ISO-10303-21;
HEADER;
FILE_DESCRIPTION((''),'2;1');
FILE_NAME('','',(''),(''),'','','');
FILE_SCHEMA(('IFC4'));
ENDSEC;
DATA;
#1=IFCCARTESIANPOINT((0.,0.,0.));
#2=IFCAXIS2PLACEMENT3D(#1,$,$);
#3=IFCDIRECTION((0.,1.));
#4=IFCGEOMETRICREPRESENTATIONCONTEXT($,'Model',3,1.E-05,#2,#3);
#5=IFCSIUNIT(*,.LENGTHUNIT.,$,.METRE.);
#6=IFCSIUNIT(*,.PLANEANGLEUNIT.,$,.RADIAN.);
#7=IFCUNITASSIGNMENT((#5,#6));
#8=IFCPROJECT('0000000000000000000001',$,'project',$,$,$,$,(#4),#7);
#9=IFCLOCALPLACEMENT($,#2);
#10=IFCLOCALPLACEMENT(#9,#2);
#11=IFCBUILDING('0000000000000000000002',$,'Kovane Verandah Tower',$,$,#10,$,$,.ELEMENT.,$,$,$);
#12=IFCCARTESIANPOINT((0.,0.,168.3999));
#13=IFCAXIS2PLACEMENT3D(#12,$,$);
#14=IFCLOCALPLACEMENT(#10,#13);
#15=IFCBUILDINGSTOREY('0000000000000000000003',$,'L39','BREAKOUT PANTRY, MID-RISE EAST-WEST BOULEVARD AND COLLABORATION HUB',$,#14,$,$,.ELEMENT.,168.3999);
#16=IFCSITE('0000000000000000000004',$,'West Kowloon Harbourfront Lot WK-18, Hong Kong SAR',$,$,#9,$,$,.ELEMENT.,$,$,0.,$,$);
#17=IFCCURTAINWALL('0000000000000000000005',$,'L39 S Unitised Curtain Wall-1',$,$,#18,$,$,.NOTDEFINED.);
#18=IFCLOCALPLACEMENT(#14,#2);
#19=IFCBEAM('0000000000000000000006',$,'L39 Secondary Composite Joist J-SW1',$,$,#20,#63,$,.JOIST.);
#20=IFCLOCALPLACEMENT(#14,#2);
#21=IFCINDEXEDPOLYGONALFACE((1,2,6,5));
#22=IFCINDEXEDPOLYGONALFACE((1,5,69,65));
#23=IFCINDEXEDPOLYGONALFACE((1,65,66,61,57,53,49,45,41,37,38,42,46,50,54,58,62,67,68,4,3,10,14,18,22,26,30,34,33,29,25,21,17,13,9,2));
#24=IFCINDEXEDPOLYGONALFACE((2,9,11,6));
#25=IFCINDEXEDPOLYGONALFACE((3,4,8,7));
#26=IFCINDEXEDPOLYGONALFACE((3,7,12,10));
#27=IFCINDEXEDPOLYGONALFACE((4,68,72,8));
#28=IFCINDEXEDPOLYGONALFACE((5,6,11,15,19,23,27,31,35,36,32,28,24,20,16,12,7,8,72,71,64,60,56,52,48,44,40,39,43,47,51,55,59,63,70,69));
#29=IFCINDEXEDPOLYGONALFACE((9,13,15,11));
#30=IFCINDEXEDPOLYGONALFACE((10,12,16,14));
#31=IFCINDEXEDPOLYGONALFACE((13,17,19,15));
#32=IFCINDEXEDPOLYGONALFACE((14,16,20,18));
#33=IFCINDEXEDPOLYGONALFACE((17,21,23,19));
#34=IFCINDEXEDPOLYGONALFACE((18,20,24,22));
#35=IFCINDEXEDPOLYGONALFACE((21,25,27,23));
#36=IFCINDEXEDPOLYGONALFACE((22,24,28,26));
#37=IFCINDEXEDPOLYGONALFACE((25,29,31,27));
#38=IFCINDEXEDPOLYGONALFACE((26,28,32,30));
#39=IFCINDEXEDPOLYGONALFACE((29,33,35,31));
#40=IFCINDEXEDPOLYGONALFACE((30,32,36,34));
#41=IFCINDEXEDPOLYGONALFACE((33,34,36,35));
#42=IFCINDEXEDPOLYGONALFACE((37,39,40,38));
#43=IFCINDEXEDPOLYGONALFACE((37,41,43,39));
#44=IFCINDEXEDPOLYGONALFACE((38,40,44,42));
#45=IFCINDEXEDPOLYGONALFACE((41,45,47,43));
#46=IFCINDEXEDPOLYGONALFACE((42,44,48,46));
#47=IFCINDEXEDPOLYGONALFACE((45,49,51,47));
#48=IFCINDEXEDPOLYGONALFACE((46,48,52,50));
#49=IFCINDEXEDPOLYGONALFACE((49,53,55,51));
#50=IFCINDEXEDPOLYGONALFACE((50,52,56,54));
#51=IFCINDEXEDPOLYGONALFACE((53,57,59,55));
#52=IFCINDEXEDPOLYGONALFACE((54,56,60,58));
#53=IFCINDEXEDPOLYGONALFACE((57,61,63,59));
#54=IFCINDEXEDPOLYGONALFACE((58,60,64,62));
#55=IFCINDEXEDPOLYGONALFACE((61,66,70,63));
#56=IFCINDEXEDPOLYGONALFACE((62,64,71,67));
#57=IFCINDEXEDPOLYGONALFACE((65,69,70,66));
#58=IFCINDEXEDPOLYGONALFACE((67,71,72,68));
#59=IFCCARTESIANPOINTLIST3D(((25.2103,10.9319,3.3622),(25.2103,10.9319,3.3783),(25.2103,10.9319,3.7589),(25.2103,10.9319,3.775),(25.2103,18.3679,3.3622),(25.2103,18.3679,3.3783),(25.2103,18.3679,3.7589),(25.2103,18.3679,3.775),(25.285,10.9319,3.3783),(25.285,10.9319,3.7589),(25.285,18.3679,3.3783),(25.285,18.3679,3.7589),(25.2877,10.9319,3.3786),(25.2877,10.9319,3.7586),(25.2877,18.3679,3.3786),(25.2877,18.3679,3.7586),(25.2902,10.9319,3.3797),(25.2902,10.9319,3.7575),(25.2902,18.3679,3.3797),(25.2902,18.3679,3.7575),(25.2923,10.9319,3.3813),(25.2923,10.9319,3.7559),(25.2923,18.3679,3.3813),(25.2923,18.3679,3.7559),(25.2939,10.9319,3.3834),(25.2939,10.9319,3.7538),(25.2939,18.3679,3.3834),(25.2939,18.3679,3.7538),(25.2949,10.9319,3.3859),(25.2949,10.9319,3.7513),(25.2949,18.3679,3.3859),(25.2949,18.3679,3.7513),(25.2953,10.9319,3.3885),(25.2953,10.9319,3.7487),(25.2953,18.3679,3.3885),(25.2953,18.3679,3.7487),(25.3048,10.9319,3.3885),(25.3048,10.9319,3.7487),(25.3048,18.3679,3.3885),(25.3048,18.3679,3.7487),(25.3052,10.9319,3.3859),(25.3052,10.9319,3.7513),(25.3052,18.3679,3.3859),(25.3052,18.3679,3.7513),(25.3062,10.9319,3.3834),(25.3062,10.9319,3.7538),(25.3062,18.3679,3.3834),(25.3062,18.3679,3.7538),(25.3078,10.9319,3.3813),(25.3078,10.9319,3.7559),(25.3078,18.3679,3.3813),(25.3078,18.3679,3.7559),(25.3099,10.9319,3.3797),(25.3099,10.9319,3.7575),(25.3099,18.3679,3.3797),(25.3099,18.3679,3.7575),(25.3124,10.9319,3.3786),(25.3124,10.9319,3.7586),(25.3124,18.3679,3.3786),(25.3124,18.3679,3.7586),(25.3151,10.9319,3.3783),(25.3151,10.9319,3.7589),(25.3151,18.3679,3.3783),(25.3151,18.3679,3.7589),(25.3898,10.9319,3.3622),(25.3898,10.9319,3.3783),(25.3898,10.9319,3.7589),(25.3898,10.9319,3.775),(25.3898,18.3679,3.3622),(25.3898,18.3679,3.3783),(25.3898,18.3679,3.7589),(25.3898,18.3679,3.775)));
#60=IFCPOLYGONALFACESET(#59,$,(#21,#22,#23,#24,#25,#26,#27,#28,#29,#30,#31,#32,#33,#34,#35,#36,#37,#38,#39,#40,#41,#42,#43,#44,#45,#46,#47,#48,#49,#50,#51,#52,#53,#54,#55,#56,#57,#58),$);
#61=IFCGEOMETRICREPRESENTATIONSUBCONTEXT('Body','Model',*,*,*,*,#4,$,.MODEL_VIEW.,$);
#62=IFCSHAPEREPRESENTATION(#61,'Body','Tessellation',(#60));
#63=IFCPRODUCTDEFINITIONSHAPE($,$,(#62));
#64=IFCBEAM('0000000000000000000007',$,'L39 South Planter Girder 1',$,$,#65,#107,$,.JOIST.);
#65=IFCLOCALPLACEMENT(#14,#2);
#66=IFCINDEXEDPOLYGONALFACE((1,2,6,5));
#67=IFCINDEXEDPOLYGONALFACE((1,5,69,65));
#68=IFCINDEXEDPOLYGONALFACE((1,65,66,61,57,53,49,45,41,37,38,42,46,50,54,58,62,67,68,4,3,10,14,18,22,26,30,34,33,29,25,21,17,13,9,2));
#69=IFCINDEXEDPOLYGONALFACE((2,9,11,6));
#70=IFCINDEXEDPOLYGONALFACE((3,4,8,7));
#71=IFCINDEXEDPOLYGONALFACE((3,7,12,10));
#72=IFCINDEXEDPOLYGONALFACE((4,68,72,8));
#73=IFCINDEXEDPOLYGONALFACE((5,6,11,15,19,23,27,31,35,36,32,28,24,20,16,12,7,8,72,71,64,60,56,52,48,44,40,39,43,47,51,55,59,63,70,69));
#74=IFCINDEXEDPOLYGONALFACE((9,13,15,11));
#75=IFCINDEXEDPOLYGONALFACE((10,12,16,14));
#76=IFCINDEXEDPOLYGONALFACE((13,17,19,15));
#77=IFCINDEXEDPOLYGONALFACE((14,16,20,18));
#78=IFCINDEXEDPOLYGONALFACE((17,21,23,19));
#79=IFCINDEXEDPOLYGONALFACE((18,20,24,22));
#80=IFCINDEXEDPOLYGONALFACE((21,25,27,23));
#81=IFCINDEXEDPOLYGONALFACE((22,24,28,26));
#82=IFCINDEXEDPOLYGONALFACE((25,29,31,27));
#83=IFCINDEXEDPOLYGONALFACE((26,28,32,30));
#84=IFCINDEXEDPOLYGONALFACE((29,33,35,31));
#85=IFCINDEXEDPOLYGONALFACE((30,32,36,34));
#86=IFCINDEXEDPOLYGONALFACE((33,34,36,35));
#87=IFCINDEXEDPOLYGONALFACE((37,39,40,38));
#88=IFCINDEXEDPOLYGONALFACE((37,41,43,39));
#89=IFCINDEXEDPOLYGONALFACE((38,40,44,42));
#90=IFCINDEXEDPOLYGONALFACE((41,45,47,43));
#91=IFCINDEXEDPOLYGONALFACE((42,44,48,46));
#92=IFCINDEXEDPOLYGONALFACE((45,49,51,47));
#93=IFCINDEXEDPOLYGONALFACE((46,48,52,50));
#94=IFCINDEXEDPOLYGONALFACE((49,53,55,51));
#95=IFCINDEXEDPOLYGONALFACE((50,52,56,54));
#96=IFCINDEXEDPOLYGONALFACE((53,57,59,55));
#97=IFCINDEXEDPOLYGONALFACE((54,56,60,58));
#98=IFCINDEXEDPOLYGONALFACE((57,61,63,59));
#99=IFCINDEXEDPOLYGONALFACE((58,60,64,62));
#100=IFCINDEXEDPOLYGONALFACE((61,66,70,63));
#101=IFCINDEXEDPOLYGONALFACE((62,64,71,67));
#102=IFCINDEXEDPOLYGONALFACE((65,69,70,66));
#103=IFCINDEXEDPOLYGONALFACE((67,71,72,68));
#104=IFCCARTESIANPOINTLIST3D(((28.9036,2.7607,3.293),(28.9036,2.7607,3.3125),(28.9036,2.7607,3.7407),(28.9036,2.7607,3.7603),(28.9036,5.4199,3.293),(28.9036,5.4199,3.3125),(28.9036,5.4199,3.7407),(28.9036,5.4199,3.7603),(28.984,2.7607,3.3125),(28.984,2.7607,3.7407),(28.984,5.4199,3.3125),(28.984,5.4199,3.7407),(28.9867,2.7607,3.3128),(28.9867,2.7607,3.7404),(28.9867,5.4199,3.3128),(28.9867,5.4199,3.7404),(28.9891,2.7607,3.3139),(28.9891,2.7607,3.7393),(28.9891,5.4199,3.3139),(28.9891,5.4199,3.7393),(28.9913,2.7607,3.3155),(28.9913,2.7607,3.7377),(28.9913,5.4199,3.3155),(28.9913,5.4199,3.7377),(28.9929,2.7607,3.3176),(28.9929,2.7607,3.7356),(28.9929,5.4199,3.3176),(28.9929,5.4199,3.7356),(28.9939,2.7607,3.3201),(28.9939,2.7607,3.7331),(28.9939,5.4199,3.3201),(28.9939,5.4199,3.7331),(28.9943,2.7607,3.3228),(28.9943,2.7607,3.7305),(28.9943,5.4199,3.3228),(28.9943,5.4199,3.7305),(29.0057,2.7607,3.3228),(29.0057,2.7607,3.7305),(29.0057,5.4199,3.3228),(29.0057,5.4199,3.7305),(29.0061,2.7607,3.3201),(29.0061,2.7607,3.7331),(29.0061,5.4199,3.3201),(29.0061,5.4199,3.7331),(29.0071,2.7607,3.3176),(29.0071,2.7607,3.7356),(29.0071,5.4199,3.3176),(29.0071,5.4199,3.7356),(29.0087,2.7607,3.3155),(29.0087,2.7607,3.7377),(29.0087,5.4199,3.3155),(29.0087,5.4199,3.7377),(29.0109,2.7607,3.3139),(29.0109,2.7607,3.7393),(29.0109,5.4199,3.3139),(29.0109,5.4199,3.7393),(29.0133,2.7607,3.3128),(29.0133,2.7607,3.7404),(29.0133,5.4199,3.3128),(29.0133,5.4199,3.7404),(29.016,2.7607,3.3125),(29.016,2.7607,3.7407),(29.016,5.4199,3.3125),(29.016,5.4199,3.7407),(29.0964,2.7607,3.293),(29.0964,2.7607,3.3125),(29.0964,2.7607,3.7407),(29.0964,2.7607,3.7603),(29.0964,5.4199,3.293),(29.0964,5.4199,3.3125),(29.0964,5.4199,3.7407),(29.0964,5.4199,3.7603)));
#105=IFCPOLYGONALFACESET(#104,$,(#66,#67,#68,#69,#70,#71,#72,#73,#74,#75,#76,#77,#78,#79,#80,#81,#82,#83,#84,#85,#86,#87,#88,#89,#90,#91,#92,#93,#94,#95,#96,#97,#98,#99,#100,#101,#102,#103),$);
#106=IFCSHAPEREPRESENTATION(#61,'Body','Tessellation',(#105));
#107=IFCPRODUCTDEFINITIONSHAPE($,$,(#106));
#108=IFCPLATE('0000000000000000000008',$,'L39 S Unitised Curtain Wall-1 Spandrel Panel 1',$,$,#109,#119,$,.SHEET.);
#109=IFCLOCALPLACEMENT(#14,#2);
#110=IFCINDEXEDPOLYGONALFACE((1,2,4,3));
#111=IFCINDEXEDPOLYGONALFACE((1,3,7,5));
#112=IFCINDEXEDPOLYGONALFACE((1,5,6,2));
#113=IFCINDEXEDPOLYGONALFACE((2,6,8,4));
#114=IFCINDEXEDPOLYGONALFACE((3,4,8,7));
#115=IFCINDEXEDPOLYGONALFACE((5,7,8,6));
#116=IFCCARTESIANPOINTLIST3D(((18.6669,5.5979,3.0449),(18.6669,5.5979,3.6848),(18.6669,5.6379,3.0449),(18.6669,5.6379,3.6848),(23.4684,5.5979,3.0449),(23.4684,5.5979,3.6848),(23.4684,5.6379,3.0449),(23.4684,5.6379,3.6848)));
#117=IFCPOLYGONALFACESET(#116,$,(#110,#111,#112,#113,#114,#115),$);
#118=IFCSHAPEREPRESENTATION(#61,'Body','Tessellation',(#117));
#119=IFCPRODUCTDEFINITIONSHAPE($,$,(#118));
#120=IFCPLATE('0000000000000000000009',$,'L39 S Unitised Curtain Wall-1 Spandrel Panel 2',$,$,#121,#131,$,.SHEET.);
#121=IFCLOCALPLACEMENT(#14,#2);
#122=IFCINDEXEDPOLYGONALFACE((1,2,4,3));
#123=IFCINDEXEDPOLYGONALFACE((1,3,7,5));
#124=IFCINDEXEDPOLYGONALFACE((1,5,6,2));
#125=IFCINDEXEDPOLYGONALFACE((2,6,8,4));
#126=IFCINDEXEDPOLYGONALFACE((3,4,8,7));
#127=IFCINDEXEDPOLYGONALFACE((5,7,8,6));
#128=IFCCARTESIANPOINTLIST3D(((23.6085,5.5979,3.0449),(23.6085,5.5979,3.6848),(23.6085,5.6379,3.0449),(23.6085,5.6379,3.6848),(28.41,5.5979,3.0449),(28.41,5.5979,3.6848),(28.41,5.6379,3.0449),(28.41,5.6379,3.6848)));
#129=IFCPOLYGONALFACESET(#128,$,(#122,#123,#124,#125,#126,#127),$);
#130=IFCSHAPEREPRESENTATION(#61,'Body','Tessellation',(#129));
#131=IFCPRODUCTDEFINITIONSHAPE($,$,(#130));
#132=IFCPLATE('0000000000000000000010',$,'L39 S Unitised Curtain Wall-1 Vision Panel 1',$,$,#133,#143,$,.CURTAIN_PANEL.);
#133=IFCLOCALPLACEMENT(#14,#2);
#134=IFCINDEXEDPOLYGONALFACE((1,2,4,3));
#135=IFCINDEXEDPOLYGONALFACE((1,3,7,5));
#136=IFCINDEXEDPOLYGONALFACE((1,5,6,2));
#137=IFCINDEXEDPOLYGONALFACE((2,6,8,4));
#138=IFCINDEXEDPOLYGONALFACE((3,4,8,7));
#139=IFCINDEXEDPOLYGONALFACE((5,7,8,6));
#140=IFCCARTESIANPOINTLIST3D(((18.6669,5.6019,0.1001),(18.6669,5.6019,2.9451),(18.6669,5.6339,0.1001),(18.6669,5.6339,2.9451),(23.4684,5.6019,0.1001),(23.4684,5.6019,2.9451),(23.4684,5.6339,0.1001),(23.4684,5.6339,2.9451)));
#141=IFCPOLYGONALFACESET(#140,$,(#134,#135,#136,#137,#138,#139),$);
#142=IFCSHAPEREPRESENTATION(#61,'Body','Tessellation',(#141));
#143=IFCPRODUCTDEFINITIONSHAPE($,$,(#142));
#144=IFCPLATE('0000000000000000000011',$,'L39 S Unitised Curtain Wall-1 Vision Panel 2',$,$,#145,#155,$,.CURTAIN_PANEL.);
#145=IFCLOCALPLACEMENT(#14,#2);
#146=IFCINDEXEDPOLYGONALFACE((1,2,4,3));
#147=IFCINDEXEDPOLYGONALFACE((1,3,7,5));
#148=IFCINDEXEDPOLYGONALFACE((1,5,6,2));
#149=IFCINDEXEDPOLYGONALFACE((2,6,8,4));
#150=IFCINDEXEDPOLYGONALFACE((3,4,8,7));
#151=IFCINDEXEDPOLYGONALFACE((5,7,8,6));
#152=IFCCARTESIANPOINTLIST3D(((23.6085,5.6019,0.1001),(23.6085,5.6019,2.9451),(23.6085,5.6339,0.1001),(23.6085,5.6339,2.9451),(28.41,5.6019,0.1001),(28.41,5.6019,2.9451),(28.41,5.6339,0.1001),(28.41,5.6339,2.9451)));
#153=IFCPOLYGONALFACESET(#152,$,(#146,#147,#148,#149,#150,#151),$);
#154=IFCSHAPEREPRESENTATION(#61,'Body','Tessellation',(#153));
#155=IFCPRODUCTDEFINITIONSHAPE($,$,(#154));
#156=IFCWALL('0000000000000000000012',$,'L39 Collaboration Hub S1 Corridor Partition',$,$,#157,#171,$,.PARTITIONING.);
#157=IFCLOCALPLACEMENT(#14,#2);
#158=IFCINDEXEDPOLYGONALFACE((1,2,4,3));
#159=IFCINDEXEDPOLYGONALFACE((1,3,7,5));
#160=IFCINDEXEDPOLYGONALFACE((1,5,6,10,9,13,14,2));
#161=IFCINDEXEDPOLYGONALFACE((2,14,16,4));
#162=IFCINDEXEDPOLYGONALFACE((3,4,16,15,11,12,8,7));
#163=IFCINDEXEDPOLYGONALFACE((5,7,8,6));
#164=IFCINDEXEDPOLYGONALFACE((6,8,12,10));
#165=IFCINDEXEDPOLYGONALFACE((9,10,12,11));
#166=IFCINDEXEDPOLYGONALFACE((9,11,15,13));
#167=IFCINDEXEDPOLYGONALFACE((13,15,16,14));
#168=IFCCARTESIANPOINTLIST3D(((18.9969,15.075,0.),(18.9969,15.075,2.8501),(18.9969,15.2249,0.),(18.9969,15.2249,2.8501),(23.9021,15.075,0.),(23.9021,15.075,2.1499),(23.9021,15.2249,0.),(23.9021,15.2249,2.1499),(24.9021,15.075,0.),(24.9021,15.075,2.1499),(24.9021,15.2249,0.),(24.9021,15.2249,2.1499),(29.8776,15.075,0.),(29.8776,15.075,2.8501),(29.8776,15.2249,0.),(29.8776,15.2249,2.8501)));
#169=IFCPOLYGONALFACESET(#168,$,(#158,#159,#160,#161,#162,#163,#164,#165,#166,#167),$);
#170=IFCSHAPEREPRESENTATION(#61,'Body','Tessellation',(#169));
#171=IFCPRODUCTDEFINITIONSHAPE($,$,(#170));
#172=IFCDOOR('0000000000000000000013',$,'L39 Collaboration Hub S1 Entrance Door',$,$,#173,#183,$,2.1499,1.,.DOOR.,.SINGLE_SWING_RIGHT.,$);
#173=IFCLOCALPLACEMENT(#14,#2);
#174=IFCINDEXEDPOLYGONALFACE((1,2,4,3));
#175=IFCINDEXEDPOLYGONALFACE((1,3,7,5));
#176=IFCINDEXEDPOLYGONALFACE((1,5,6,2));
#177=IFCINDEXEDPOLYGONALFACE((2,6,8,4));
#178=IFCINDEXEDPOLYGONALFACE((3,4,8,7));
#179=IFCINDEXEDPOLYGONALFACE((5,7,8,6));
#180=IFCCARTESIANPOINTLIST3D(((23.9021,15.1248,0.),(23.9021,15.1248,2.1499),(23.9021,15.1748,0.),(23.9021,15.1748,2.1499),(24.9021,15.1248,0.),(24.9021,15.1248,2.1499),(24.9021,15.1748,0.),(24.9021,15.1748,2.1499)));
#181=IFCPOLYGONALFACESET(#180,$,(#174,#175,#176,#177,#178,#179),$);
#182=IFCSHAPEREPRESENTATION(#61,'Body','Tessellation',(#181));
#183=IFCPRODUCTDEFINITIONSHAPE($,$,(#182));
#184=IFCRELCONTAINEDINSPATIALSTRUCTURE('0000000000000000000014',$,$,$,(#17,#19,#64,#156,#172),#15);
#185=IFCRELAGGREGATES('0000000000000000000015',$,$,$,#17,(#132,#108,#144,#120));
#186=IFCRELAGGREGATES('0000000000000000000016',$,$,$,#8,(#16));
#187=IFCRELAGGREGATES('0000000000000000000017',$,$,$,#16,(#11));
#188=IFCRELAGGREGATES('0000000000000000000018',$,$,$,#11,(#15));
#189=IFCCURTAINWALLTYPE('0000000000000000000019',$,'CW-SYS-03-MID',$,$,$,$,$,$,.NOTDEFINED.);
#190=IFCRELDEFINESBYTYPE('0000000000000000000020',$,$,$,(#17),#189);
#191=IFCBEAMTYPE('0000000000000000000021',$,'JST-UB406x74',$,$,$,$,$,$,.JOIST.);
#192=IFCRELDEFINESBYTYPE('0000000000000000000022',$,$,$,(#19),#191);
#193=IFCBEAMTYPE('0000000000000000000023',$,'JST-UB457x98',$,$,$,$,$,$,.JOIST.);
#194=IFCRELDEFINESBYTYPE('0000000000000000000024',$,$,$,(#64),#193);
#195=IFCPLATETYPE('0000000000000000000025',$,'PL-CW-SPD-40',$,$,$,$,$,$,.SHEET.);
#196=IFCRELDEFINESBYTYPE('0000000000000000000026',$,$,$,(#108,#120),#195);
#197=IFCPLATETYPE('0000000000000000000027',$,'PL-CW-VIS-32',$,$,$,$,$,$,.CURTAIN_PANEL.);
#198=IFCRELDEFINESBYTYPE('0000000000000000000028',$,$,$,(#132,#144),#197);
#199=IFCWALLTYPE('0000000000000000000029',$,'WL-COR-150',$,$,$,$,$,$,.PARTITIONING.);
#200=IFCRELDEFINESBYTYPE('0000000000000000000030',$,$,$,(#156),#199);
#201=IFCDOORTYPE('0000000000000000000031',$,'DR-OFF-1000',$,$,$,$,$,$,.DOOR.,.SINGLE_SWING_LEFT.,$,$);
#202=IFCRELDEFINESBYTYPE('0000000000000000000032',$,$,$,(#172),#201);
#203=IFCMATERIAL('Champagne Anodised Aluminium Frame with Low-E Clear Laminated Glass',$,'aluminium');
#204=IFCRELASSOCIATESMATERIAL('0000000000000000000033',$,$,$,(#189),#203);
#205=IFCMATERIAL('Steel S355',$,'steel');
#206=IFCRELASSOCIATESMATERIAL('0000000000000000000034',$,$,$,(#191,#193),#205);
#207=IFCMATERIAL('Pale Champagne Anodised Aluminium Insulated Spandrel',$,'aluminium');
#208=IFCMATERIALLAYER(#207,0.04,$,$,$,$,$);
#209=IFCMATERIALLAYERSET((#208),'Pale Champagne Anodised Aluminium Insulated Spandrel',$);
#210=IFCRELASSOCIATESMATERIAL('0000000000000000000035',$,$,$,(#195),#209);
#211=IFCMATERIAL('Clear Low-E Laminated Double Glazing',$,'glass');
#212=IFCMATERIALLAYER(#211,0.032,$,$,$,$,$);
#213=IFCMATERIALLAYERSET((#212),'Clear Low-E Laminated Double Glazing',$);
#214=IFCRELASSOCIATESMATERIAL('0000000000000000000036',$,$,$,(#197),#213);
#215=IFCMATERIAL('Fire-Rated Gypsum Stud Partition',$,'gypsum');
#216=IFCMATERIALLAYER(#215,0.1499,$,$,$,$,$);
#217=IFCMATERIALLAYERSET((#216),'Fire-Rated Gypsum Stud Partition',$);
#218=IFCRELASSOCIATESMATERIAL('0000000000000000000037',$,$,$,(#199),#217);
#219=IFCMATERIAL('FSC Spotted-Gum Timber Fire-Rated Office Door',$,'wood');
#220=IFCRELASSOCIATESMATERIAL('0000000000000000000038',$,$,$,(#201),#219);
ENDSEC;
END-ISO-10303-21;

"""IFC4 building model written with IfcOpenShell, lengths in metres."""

from ifc_helpers import new_model, si_unit, direction, frame, frame_2d, origin, origin_2d, place, context, subcontext, project, spatial, rectangle, i_section, extrude, material, layer, layer_set, material_profile, profile_set, type_object, element, fill, aggregate, save


model = new_model("IFC4")

# Units and contexts
model_context = context("Model", 3, precision=1e-05, world=origin(), true_north=direction((0.0, 1.0)))
body_context = subcontext(model_context, "Body", "Model", "MODEL_VIEW")
ifc_project = project(units=[si_unit("LENGTHUNIT", "METRE"), si_unit("PLANEANGLEUNIT", "RADIAN")], contexts=[model_context])

# Site, building, storey
site_placement = place(None, origin())
site = spatial("IfcSite", under=ifc_project, at=site_placement, Name="West Kowloon Harbourfront Lot WK-18, Hong Kong SAR", CompositionType="ELEMENT", RefElevation=0.0)
building_placement = place(site_placement, origin())
building = spatial("IfcBuilding", under=site, at=building_placement, Name="Kovane Verandah Tower", CompositionType="ELEMENT")
storey_placement = place(building_placement, frame((0.0, 0.0, 168.3999)))
storey = spatial("IfcBuildingStorey", under=building, at=storey_placement, Name="L39", Description="BREAKOUT PANTRY, MID-RISE EAST-WEST BOULEVARD AND COLLABORATION HUB", CompositionType="ELEMENT", Elevation=168.3999)

# Shared definitions
ifc_material_1 = material(Name="Steel S355", Category="steel")

# Curtain wall
ifc_material_2 = material(Name="Champagne Anodised Aluminium Frame with Low-E Clear Laminated Glass", Category="aluminium")
curtain_wall_type = type_object("IfcCurtainWallType", Name="CW-SYS-03-MID", PredefinedType="NOTDEFINED", material=ifc_material_2)
curtain_wall_placement = place(storey_placement, origin())
curtain_wall = element("IfcCurtainWall", 1, at=curtain_wall_placement, inside=storey, type_object=curtain_wall_type, Name="L39 S Unitised Curtain Wall-1", PredefinedType="NOTDEFINED")

# Beams
ifc_material_profile_1 = material_profile(ifc_material_1, i_section(OverallWidth=0.1794, OverallDepth=0.4128, WebThickness=0.0095, FlangeThickness=0.0161, FilletRadius=0.0103, at=origin_2d()), Name="UB406x178x74")
ifc_profile_set_1 = profile_set([ifc_material_profile_1], Name="Steel S355")
beam_type_1 = type_object("IfcBeamType", Name="JST-UB406x74", PredefinedType="JOIST", material=ifc_profile_set_1)
beam_1_placement = place(storey_placement, frame((25.3, 10.9319, 3.5686), z_axis=(0.0, 1.0, 0.0), x_axis=(-1.0, 0.0, 0.0)))
element("IfcBeam", 2, at=beam_1_placement, inside=storey, type_object=beam_type_1, Name="L39 Secondary Composite Joist J-SW1", PredefinedType="JOIST", context=body_context, shape_type="SweptSolid", body=[
    extrude(i_section(OverallWidth=0.1794, OverallDepth=0.4128, WebThickness=0.0095, FlangeThickness=0.0161, FilletRadius=0.0103, at=origin_2d()), origin(), (0.0, 0.0, 1.0), 7.436),
])
ifc_material_profile_2 = material_profile(ifc_material_1, i_section(OverallWidth=0.1929, OverallDepth=0.4673, WebThickness=0.0115, FlangeThickness=0.0195, FilletRadius=0.0103, at=origin_2d()), Name="UB457x191x98")
ifc_profile_set_2 = profile_set([ifc_material_profile_2], Name="Steel S355")
beam_type_2 = type_object("IfcBeamType", Name="JST-UB457x98", PredefinedType="JOIST", material=ifc_profile_set_2)
beam_2_placement = place(storey_placement, frame((29.0, 5.4199, 3.5266), z_axis=(0.0, -1.0, 0.0), x_axis=(1.0, 0.0, 0.0)))
element("IfcBeam", 3, at=beam_2_placement, inside=storey, type_object=beam_type_2, Name="L39 South Planter Girder 1", PredefinedType="JOIST", context=body_context, shape_type="SweptSolid", body=[
    extrude(i_section(OverallWidth=0.1929, OverallDepth=0.4673, WebThickness=0.0115, FlangeThickness=0.0195, FilletRadius=0.0103, at=origin_2d()), origin(), (0.0, 0.0, 1.0), 2.6592),
])

# Plates
ifc_material_3 = material(Name="Pale Champagne Anodised Aluminium Insulated Spandrel", Category="aluminium")
ifc_layer_1 = layer(ifc_material_3, 0.04)
ifc_layer_set_1 = layer_set([ifc_layer_1], Name="Pale Champagne Anodised Aluminium Insulated Spandrel")
plate_type_1 = type_object("IfcPlateType", Name="PL-CW-SPD-40", PredefinedType="SHEET", material=ifc_layer_set_1)
plate_1_placement = place(storey_placement, frame((21.0676, 5.6179, 3.0449), z_axis=(0.0, 0.0, 1.0), x_axis=(1.0, 0.0, 0.0)))
plate_1 = element("IfcPlate", 4, at=plate_1_placement, type_object=plate_type_1, Name="L39 S Unitised Curtain Wall-1 Spandrel Panel 1", PredefinedType="SHEET", context=body_context, shape_type="SweptSolid", body=[
    extrude(rectangle(XDim=4.8015, YDim=0.04, at=origin_2d()), origin(), (0.0, 0.0, 1.0), 0.6399),
])
plate_2_placement = place(storey_placement, frame((26.0093, 5.6179, 3.0449), z_axis=(0.0, 0.0, 1.0), x_axis=(1.0, 0.0, 0.0)))
plate_2 = element("IfcPlate", 5, at=plate_2_placement, type_object=plate_type_1, Name="L39 S Unitised Curtain Wall-1 Spandrel Panel 2", PredefinedType="SHEET", context=body_context, shape_type="SweptSolid", body=[
    extrude(rectangle(XDim=4.8015, YDim=0.04, at=origin_2d()), origin(), (0.0, 0.0, 1.0), 0.6399),
])
ifc_material_4 = material(Name="Clear Low-E Laminated Double Glazing", Category="glass")
ifc_layer_2 = layer(ifc_material_4, 0.032)
ifc_layer_set_2 = layer_set([ifc_layer_2], Name="Clear Low-E Laminated Double Glazing")
plate_type_2 = type_object("IfcPlateType", Name="PL-CW-VIS-32", PredefinedType="CURTAIN_PANEL", material=ifc_layer_set_2)
plate_3_placement = place(storey_placement, frame((21.0676, 5.6179, 0.1001), z_axis=(0.0, 0.0, 1.0), x_axis=(1.0, 0.0, 0.0)))
plate_3 = element("IfcPlate", 6, at=plate_3_placement, type_object=plate_type_2, Name="L39 S Unitised Curtain Wall-1 Vision Panel 1", PredefinedType="CURTAIN_PANEL", context=body_context, shape_type="SweptSolid", body=[
    extrude(rectangle(XDim=4.8015, YDim=0.032, at=origin_2d()), origin(), (0.0, 0.0, 1.0), 2.845),
])
plate_4_placement = place(storey_placement, frame((26.0093, 5.6179, 0.1001), z_axis=(0.0, 0.0, 1.0), x_axis=(1.0, 0.0, 0.0)))
plate_4 = element("IfcPlate", 7, at=plate_4_placement, type_object=plate_type_2, Name="L39 S Unitised Curtain Wall-1 Vision Panel 2", PredefinedType="CURTAIN_PANEL", context=body_context, shape_type="SweptSolid", body=[
    extrude(rectangle(XDim=4.8015, YDim=0.032, at=origin_2d()), origin(), (0.0, 0.0, 1.0), 2.845),
])
aggregate(curtain_wall, [plate_3, plate_1, plate_4, plate_2])

# Wall, opening, door
ifc_material_5 = material(Name="Fire-Rated Gypsum Stud Partition", Category="gypsum")
ifc_layer_3 = layer(ifc_material_5, 0.1499)
ifc_layer_set_3 = layer_set([ifc_layer_3], Name="Fire-Rated Gypsum Stud Partition")
wall_type = type_object("IfcWallType", Name="WL-COR-150", PredefinedType="PARTITIONING", material=ifc_layer_set_3)
wall_1_placement = place(storey_placement, frame((18.9968, 15.1499, 0.0), z_axis=(0.0, 0.0, 1.0), x_axis=(1.0, 0.0, 0.0)))
wall_1 = element("IfcWall", 8, at=wall_1_placement, inside=storey, type_object=wall_type, Name="L39 Collaboration Hub S1 Corridor Partition", PredefinedType="PARTITIONING", context=body_context, shape_type="SweptSolid", body=[
    extrude(rectangle(XDim=10.8806, YDim=0.1499, at=frame_2d((5.4404, 0.0))), origin(), (0.0, 0.0, 1.0), 2.8501),
])
opening_1_placement = place(wall_1_placement, frame((4.9053, 0.0, 0.0)))
opening_1 = element("IfcOpeningElement", 9, at=opening_1_placement, cuts=wall_1, PredefinedType="OPENING", context=body_context, shape_type="SweptSolid", body=[
    extrude(rectangle(XDim=1.0, YDim=2.1499, at=frame_2d((0.5, 1.075))), frame((0.0, 0.075, 0.0), z_axis=(0.0, -1.0, 0.0), x_axis=(1.0, 0.0, 0.0)), (0.0, 0.0, 1.0), 0.1499),
])
ifc_material_6 = material(Name="FSC Spotted-Gum Timber Fire-Rated Office Door", Category="wood")
door_type_1 = type_object("IfcDoorType", Name="DR-OFF-1000", OperationType="SINGLE_SWING_LEFT", PredefinedType="DOOR", material=ifc_material_6)
door_1_placement = place(opening_1_placement, origin())
door_1 = element("IfcDoor", 10, at=door_1_placement, inside=storey, type_object=door_type_1, Name="L39 Collaboration Hub S1 Entrance Door", OperationType="SINGLE_SWING_RIGHT", OverallHeight=2.1499, OverallWidth=1.0, PredefinedType="DOOR", context=body_context, shape_type="SweptSolid", body=[
    extrude(rectangle(XDim=1.0, YDim=2.1499, at=frame_2d((0.5, 1.075))), frame((0.0, 0.0249, 0.0), z_axis=(0.0, -1.0, 0.0), x_axis=(1.0, 0.0, 0.0)), (0.0, 0.0, 1.0), 0.05),
])
fill(opening_1, door_1)

save(model, "model.ifc")
